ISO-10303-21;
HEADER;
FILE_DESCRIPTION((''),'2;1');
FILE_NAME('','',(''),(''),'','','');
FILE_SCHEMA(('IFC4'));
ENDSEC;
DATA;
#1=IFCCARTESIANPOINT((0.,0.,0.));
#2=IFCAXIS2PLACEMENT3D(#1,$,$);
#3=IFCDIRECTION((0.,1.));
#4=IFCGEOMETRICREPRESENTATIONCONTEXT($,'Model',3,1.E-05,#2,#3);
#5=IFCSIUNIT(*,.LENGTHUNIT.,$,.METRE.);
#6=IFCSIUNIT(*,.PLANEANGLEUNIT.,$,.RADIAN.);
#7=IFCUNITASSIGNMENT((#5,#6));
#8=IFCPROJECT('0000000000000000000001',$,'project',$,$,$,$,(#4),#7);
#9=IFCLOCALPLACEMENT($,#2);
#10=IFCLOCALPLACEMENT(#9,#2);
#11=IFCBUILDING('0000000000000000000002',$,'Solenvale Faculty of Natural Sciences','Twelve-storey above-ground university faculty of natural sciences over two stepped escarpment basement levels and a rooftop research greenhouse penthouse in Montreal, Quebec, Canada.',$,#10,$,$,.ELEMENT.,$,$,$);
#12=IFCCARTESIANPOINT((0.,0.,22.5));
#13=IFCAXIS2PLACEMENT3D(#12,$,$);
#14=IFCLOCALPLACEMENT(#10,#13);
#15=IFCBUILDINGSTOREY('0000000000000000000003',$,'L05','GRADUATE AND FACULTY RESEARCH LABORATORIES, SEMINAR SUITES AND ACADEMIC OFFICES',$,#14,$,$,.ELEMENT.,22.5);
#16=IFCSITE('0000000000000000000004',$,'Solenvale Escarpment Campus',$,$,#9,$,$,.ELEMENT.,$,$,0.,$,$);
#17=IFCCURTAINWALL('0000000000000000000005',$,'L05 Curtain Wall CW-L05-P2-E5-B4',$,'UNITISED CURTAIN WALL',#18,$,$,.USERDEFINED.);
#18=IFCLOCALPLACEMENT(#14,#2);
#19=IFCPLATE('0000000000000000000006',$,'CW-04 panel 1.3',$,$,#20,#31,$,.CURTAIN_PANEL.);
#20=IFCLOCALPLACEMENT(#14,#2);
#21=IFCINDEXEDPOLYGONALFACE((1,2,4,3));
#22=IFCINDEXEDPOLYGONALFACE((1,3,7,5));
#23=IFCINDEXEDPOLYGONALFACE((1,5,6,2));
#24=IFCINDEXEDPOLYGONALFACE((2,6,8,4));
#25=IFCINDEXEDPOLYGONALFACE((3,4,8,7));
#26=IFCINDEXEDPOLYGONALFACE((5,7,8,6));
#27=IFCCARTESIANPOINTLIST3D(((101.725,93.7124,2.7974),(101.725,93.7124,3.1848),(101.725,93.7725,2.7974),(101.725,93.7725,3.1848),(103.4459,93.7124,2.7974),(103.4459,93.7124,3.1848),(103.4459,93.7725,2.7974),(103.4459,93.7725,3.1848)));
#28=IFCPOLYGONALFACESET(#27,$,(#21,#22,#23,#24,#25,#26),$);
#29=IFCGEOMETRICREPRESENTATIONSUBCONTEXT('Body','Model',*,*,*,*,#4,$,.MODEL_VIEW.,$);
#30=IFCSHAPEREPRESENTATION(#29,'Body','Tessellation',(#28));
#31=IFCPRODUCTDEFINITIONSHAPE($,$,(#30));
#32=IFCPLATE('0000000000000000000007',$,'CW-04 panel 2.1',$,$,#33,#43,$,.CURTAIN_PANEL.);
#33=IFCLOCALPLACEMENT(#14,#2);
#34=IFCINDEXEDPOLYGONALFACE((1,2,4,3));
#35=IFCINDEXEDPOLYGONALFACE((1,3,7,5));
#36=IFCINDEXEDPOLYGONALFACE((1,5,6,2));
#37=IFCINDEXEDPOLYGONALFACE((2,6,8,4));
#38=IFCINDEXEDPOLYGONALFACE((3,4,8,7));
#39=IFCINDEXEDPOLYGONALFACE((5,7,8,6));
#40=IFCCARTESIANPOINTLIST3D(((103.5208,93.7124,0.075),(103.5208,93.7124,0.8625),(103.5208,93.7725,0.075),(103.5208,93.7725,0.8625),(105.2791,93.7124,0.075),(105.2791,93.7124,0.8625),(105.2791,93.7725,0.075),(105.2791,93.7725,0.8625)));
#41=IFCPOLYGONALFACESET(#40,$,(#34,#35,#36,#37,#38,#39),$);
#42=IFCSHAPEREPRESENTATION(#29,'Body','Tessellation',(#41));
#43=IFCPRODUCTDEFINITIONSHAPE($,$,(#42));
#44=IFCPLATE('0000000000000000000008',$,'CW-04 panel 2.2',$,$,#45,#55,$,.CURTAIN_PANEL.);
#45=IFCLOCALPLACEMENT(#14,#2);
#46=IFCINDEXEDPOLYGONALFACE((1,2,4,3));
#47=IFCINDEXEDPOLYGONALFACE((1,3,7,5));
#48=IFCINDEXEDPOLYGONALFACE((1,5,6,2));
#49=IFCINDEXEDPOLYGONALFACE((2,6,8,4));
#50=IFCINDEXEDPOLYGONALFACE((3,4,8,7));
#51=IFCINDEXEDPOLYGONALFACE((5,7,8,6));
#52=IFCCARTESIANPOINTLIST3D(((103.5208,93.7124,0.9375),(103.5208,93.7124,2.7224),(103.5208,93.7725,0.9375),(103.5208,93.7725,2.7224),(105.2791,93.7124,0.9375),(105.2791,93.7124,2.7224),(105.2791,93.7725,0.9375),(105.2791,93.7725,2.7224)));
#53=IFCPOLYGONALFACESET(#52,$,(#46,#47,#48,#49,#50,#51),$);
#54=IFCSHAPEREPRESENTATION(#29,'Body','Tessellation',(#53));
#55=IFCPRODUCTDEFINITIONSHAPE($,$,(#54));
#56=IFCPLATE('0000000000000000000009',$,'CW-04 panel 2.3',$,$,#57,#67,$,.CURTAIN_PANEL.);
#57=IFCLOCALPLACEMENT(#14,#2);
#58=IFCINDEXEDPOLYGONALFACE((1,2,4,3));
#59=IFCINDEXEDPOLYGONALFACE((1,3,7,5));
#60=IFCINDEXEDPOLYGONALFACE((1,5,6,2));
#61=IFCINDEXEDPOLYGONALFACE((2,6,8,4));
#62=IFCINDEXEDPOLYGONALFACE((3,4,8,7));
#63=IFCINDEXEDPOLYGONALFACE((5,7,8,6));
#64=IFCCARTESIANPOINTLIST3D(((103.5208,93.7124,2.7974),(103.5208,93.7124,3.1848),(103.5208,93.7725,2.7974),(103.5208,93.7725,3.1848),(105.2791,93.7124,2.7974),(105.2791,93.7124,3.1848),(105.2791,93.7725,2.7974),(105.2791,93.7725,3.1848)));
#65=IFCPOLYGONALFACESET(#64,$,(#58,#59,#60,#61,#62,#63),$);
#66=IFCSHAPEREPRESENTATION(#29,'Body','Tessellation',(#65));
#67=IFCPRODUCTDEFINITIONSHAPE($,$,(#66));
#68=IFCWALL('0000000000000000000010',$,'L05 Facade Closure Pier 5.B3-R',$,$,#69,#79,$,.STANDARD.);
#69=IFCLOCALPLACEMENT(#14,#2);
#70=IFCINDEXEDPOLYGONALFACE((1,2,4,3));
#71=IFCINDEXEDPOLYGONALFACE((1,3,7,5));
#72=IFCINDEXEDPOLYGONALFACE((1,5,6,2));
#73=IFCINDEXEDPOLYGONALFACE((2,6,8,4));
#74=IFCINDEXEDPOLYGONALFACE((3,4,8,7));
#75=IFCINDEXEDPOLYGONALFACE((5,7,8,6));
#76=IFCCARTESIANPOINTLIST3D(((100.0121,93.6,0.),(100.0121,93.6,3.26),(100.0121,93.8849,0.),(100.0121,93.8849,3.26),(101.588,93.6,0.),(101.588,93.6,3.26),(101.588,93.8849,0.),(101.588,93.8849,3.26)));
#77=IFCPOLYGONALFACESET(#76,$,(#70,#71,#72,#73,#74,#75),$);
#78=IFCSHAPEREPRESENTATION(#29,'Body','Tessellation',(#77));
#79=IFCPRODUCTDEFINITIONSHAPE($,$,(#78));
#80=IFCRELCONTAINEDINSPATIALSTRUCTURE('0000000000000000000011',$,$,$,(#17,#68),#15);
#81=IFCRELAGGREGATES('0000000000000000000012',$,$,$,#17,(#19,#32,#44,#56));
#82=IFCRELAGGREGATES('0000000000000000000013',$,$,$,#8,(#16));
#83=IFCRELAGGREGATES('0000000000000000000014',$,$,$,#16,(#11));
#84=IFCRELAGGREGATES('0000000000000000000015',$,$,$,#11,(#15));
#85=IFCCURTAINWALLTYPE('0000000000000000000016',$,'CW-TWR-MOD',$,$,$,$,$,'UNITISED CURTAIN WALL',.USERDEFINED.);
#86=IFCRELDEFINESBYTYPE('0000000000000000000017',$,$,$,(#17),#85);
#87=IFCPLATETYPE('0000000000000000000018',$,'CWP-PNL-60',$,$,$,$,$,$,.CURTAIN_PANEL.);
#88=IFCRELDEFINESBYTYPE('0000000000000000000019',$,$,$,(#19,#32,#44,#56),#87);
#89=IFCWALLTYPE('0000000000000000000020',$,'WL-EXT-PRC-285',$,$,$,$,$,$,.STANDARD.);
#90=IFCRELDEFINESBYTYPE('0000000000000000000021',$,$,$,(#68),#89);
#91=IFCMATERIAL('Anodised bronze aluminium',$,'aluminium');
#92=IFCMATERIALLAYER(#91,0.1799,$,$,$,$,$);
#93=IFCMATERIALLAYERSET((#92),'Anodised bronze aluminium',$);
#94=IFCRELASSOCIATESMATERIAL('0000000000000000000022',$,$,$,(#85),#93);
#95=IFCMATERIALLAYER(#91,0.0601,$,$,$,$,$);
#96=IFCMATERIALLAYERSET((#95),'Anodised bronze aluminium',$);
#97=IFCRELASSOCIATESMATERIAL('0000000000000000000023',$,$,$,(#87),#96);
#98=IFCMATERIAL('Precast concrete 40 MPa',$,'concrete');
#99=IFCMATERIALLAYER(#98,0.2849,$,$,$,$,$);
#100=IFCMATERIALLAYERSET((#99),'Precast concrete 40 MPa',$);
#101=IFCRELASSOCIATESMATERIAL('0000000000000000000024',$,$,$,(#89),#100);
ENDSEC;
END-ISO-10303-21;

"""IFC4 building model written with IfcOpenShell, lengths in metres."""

from ifc_helpers import new_model, si_unit, direction, frame, frame_2d, origin, origin_2d, place, context, subcontext, project, spatial, rectangle, extrude, material, layer, layer_set, type_object, element, aggregate, save


model = new_model("IFC4")

# Units and contexts
model_context = context("Model", 3, precision=1e-05, world=origin(), true_north=direction((0.0, 1.0)))
body_context = subcontext(model_context, "Body", "Model", "MODEL_VIEW")
ifc_project = project(units=[si_unit("LENGTHUNIT", "METRE"), si_unit("PLANEANGLEUNIT", "RADIAN")], contexts=[model_context])

# Site, building, storey
site_placement = place(None, origin())
site = spatial("IfcSite", under=ifc_project, at=site_placement, Name="Solenvale Escarpment Campus", CompositionType="ELEMENT", RefElevation=0.0)
building_placement = place(site_placement, origin())
building = spatial("IfcBuilding", under=site, at=building_placement, Name="Solenvale Faculty of Natural Sciences", Description="Twelve-storey above-ground university faculty of natural sciences over two stepped escarpment basement levels and a rooftop research greenhouse penthouse in Montreal, Quebec, Canada.", CompositionType="ELEMENT")
storey_placement = place(building_placement, frame((0.0, 0.0, 22.5)))
storey = spatial("IfcBuildingStorey", under=building, at=storey_placement, Name="L05", Description="GRADUATE AND FACULTY RESEARCH LABORATORIES, SEMINAR SUITES AND ACADEMIC OFFICES", CompositionType="ELEMENT", Elevation=22.5)

# Curtain wall
ifc_material_1 = material(Name="Anodised bronze aluminium", Category="aluminium")
ifc_layer_1 = layer(ifc_material_1, 0.1799)
ifc_layer_set_1 = layer_set([ifc_layer_1], Name="Anodised bronze aluminium")
curtain_wall_type = type_object("IfcCurtainWallType", Name="CW-TWR-MOD", ElementType="UNITISED CURTAIN WALL", PredefinedType="USERDEFINED", material=ifc_layer_set_1)
curtain_wall_1_placement = place(storey_placement, origin())
curtain_wall_1 = element("IfcCurtainWall", 1, at=curtain_wall_1_placement, inside=storey, type_object=curtain_wall_type, Name="L05 Curtain Wall CW-L05-P2-E5-B4", ObjectType="UNITISED CURTAIN WALL", PredefinedType="USERDEFINED")

# Plates
ifc_layer_2 = layer(ifc_material_1, 0.0601)
ifc_layer_set_2 = layer_set([ifc_layer_2], Name="Anodised bronze aluminium")
plate_type_1 = type_object("IfcPlateType", Name="CWP-PNL-60", PredefinedType="CURTAIN_PANEL", material=ifc_layer_set_2)
plate_1_placement = place(storey_placement, frame((102.5854, 93.7424, 2.7974), z_axis=(0.0, 0.0, 1.0), x_axis=(1.0, 0.0, 0.0)))
plate_1 = element("IfcPlate", 2, at=plate_1_placement, type_object=plate_type_1, Name="CW-04 panel 1.3", PredefinedType="CURTAIN_PANEL", context=body_context, shape_type="SweptSolid", body=[
    extrude(rectangle(XDim=1.7209, YDim=0.0601, at=origin_2d()), origin(), (0.0, 0.0, 1.0), 0.3875),
])
plate_2_placement = place(storey_placement, frame((104.3999, 93.7424, 0.075), z_axis=(0.0, 0.0, 1.0), x_axis=(1.0, 0.0, 0.0)))
plate_2 = element("IfcPlate", 3, at=plate_2_placement, type_object=plate_type_1, Name="CW-04 panel 2.1", PredefinedType="CURTAIN_PANEL", context=body_context, shape_type="SweptSolid", body=[
    extrude(rectangle(XDim=1.7583, YDim=0.0601, at=origin_2d()), origin(), (0.0, 0.0, 1.0), 0.7876),
])
plate_3_placement = place(storey_placement, frame((104.3999, 93.7424, 0.9375), z_axis=(0.0, 0.0, 1.0), x_axis=(1.0, 0.0, 0.0)))
plate_3 = element("IfcPlate", 4, at=plate_3_placement, type_object=plate_type_1, Name="CW-04 panel 2.2", PredefinedType="CURTAIN_PANEL", context=body_context, shape_type="SweptSolid", body=[
    extrude(rectangle(XDim=1.7583, YDim=0.0601, at=origin_2d()), origin(), (0.0, 0.0, 1.0), 1.7849),
])
plate_4_placement = place(storey_placement, frame((104.3999, 93.7424, 2.7974), z_axis=(0.0, 0.0, 1.0), x_axis=(1.0, 0.0, 0.0)))
plate_4 = element("IfcPlate", 5, at=plate_4_placement, type_object=plate_type_1, Name="CW-04 panel 2.3", PredefinedType="CURTAIN_PANEL", context=body_context, shape_type="SweptSolid", body=[
    extrude(rectangle(XDim=1.7583, YDim=0.0601, at=origin_2d()), origin(), (0.0, 0.0, 1.0), 0.3875),
])
aggregate(curtain_wall_1, [plate_1, plate_2, plate_3, plate_4])

# Wall
ifc_material_2 = material(Name="Precast concrete 40 MPa", Category="concrete")
ifc_layer_3 = layer(ifc_material_2, 0.2849)
ifc_layer_set_3 = layer_set([ifc_layer_3], Name="Precast concrete 40 MPa")
wall_type = type_object("IfcWallType", Name="WL-EXT-PRC-285", PredefinedType="STANDARD", material=ifc_layer_set_3)
wall_placement = place(storey_placement, frame((100.012, 93.7424, 0.0), z_axis=(0.0, 0.0, 1.0), x_axis=(1.0, 0.0, 0.0)))
element("IfcWall", 6, at=wall_placement, inside=storey, type_object=wall_type, Name="L05 Facade Closure Pier 5.B3-R", PredefinedType="STANDARD", context=body_context, shape_type="SweptSolid", body=[
    extrude(rectangle(XDim=1.5759, YDim=0.2849, at=frame_2d((0.7881, 0.0))), origin(), (0.0, 0.0, 1.0), 3.26),
])

save(model, "model.ifc")
